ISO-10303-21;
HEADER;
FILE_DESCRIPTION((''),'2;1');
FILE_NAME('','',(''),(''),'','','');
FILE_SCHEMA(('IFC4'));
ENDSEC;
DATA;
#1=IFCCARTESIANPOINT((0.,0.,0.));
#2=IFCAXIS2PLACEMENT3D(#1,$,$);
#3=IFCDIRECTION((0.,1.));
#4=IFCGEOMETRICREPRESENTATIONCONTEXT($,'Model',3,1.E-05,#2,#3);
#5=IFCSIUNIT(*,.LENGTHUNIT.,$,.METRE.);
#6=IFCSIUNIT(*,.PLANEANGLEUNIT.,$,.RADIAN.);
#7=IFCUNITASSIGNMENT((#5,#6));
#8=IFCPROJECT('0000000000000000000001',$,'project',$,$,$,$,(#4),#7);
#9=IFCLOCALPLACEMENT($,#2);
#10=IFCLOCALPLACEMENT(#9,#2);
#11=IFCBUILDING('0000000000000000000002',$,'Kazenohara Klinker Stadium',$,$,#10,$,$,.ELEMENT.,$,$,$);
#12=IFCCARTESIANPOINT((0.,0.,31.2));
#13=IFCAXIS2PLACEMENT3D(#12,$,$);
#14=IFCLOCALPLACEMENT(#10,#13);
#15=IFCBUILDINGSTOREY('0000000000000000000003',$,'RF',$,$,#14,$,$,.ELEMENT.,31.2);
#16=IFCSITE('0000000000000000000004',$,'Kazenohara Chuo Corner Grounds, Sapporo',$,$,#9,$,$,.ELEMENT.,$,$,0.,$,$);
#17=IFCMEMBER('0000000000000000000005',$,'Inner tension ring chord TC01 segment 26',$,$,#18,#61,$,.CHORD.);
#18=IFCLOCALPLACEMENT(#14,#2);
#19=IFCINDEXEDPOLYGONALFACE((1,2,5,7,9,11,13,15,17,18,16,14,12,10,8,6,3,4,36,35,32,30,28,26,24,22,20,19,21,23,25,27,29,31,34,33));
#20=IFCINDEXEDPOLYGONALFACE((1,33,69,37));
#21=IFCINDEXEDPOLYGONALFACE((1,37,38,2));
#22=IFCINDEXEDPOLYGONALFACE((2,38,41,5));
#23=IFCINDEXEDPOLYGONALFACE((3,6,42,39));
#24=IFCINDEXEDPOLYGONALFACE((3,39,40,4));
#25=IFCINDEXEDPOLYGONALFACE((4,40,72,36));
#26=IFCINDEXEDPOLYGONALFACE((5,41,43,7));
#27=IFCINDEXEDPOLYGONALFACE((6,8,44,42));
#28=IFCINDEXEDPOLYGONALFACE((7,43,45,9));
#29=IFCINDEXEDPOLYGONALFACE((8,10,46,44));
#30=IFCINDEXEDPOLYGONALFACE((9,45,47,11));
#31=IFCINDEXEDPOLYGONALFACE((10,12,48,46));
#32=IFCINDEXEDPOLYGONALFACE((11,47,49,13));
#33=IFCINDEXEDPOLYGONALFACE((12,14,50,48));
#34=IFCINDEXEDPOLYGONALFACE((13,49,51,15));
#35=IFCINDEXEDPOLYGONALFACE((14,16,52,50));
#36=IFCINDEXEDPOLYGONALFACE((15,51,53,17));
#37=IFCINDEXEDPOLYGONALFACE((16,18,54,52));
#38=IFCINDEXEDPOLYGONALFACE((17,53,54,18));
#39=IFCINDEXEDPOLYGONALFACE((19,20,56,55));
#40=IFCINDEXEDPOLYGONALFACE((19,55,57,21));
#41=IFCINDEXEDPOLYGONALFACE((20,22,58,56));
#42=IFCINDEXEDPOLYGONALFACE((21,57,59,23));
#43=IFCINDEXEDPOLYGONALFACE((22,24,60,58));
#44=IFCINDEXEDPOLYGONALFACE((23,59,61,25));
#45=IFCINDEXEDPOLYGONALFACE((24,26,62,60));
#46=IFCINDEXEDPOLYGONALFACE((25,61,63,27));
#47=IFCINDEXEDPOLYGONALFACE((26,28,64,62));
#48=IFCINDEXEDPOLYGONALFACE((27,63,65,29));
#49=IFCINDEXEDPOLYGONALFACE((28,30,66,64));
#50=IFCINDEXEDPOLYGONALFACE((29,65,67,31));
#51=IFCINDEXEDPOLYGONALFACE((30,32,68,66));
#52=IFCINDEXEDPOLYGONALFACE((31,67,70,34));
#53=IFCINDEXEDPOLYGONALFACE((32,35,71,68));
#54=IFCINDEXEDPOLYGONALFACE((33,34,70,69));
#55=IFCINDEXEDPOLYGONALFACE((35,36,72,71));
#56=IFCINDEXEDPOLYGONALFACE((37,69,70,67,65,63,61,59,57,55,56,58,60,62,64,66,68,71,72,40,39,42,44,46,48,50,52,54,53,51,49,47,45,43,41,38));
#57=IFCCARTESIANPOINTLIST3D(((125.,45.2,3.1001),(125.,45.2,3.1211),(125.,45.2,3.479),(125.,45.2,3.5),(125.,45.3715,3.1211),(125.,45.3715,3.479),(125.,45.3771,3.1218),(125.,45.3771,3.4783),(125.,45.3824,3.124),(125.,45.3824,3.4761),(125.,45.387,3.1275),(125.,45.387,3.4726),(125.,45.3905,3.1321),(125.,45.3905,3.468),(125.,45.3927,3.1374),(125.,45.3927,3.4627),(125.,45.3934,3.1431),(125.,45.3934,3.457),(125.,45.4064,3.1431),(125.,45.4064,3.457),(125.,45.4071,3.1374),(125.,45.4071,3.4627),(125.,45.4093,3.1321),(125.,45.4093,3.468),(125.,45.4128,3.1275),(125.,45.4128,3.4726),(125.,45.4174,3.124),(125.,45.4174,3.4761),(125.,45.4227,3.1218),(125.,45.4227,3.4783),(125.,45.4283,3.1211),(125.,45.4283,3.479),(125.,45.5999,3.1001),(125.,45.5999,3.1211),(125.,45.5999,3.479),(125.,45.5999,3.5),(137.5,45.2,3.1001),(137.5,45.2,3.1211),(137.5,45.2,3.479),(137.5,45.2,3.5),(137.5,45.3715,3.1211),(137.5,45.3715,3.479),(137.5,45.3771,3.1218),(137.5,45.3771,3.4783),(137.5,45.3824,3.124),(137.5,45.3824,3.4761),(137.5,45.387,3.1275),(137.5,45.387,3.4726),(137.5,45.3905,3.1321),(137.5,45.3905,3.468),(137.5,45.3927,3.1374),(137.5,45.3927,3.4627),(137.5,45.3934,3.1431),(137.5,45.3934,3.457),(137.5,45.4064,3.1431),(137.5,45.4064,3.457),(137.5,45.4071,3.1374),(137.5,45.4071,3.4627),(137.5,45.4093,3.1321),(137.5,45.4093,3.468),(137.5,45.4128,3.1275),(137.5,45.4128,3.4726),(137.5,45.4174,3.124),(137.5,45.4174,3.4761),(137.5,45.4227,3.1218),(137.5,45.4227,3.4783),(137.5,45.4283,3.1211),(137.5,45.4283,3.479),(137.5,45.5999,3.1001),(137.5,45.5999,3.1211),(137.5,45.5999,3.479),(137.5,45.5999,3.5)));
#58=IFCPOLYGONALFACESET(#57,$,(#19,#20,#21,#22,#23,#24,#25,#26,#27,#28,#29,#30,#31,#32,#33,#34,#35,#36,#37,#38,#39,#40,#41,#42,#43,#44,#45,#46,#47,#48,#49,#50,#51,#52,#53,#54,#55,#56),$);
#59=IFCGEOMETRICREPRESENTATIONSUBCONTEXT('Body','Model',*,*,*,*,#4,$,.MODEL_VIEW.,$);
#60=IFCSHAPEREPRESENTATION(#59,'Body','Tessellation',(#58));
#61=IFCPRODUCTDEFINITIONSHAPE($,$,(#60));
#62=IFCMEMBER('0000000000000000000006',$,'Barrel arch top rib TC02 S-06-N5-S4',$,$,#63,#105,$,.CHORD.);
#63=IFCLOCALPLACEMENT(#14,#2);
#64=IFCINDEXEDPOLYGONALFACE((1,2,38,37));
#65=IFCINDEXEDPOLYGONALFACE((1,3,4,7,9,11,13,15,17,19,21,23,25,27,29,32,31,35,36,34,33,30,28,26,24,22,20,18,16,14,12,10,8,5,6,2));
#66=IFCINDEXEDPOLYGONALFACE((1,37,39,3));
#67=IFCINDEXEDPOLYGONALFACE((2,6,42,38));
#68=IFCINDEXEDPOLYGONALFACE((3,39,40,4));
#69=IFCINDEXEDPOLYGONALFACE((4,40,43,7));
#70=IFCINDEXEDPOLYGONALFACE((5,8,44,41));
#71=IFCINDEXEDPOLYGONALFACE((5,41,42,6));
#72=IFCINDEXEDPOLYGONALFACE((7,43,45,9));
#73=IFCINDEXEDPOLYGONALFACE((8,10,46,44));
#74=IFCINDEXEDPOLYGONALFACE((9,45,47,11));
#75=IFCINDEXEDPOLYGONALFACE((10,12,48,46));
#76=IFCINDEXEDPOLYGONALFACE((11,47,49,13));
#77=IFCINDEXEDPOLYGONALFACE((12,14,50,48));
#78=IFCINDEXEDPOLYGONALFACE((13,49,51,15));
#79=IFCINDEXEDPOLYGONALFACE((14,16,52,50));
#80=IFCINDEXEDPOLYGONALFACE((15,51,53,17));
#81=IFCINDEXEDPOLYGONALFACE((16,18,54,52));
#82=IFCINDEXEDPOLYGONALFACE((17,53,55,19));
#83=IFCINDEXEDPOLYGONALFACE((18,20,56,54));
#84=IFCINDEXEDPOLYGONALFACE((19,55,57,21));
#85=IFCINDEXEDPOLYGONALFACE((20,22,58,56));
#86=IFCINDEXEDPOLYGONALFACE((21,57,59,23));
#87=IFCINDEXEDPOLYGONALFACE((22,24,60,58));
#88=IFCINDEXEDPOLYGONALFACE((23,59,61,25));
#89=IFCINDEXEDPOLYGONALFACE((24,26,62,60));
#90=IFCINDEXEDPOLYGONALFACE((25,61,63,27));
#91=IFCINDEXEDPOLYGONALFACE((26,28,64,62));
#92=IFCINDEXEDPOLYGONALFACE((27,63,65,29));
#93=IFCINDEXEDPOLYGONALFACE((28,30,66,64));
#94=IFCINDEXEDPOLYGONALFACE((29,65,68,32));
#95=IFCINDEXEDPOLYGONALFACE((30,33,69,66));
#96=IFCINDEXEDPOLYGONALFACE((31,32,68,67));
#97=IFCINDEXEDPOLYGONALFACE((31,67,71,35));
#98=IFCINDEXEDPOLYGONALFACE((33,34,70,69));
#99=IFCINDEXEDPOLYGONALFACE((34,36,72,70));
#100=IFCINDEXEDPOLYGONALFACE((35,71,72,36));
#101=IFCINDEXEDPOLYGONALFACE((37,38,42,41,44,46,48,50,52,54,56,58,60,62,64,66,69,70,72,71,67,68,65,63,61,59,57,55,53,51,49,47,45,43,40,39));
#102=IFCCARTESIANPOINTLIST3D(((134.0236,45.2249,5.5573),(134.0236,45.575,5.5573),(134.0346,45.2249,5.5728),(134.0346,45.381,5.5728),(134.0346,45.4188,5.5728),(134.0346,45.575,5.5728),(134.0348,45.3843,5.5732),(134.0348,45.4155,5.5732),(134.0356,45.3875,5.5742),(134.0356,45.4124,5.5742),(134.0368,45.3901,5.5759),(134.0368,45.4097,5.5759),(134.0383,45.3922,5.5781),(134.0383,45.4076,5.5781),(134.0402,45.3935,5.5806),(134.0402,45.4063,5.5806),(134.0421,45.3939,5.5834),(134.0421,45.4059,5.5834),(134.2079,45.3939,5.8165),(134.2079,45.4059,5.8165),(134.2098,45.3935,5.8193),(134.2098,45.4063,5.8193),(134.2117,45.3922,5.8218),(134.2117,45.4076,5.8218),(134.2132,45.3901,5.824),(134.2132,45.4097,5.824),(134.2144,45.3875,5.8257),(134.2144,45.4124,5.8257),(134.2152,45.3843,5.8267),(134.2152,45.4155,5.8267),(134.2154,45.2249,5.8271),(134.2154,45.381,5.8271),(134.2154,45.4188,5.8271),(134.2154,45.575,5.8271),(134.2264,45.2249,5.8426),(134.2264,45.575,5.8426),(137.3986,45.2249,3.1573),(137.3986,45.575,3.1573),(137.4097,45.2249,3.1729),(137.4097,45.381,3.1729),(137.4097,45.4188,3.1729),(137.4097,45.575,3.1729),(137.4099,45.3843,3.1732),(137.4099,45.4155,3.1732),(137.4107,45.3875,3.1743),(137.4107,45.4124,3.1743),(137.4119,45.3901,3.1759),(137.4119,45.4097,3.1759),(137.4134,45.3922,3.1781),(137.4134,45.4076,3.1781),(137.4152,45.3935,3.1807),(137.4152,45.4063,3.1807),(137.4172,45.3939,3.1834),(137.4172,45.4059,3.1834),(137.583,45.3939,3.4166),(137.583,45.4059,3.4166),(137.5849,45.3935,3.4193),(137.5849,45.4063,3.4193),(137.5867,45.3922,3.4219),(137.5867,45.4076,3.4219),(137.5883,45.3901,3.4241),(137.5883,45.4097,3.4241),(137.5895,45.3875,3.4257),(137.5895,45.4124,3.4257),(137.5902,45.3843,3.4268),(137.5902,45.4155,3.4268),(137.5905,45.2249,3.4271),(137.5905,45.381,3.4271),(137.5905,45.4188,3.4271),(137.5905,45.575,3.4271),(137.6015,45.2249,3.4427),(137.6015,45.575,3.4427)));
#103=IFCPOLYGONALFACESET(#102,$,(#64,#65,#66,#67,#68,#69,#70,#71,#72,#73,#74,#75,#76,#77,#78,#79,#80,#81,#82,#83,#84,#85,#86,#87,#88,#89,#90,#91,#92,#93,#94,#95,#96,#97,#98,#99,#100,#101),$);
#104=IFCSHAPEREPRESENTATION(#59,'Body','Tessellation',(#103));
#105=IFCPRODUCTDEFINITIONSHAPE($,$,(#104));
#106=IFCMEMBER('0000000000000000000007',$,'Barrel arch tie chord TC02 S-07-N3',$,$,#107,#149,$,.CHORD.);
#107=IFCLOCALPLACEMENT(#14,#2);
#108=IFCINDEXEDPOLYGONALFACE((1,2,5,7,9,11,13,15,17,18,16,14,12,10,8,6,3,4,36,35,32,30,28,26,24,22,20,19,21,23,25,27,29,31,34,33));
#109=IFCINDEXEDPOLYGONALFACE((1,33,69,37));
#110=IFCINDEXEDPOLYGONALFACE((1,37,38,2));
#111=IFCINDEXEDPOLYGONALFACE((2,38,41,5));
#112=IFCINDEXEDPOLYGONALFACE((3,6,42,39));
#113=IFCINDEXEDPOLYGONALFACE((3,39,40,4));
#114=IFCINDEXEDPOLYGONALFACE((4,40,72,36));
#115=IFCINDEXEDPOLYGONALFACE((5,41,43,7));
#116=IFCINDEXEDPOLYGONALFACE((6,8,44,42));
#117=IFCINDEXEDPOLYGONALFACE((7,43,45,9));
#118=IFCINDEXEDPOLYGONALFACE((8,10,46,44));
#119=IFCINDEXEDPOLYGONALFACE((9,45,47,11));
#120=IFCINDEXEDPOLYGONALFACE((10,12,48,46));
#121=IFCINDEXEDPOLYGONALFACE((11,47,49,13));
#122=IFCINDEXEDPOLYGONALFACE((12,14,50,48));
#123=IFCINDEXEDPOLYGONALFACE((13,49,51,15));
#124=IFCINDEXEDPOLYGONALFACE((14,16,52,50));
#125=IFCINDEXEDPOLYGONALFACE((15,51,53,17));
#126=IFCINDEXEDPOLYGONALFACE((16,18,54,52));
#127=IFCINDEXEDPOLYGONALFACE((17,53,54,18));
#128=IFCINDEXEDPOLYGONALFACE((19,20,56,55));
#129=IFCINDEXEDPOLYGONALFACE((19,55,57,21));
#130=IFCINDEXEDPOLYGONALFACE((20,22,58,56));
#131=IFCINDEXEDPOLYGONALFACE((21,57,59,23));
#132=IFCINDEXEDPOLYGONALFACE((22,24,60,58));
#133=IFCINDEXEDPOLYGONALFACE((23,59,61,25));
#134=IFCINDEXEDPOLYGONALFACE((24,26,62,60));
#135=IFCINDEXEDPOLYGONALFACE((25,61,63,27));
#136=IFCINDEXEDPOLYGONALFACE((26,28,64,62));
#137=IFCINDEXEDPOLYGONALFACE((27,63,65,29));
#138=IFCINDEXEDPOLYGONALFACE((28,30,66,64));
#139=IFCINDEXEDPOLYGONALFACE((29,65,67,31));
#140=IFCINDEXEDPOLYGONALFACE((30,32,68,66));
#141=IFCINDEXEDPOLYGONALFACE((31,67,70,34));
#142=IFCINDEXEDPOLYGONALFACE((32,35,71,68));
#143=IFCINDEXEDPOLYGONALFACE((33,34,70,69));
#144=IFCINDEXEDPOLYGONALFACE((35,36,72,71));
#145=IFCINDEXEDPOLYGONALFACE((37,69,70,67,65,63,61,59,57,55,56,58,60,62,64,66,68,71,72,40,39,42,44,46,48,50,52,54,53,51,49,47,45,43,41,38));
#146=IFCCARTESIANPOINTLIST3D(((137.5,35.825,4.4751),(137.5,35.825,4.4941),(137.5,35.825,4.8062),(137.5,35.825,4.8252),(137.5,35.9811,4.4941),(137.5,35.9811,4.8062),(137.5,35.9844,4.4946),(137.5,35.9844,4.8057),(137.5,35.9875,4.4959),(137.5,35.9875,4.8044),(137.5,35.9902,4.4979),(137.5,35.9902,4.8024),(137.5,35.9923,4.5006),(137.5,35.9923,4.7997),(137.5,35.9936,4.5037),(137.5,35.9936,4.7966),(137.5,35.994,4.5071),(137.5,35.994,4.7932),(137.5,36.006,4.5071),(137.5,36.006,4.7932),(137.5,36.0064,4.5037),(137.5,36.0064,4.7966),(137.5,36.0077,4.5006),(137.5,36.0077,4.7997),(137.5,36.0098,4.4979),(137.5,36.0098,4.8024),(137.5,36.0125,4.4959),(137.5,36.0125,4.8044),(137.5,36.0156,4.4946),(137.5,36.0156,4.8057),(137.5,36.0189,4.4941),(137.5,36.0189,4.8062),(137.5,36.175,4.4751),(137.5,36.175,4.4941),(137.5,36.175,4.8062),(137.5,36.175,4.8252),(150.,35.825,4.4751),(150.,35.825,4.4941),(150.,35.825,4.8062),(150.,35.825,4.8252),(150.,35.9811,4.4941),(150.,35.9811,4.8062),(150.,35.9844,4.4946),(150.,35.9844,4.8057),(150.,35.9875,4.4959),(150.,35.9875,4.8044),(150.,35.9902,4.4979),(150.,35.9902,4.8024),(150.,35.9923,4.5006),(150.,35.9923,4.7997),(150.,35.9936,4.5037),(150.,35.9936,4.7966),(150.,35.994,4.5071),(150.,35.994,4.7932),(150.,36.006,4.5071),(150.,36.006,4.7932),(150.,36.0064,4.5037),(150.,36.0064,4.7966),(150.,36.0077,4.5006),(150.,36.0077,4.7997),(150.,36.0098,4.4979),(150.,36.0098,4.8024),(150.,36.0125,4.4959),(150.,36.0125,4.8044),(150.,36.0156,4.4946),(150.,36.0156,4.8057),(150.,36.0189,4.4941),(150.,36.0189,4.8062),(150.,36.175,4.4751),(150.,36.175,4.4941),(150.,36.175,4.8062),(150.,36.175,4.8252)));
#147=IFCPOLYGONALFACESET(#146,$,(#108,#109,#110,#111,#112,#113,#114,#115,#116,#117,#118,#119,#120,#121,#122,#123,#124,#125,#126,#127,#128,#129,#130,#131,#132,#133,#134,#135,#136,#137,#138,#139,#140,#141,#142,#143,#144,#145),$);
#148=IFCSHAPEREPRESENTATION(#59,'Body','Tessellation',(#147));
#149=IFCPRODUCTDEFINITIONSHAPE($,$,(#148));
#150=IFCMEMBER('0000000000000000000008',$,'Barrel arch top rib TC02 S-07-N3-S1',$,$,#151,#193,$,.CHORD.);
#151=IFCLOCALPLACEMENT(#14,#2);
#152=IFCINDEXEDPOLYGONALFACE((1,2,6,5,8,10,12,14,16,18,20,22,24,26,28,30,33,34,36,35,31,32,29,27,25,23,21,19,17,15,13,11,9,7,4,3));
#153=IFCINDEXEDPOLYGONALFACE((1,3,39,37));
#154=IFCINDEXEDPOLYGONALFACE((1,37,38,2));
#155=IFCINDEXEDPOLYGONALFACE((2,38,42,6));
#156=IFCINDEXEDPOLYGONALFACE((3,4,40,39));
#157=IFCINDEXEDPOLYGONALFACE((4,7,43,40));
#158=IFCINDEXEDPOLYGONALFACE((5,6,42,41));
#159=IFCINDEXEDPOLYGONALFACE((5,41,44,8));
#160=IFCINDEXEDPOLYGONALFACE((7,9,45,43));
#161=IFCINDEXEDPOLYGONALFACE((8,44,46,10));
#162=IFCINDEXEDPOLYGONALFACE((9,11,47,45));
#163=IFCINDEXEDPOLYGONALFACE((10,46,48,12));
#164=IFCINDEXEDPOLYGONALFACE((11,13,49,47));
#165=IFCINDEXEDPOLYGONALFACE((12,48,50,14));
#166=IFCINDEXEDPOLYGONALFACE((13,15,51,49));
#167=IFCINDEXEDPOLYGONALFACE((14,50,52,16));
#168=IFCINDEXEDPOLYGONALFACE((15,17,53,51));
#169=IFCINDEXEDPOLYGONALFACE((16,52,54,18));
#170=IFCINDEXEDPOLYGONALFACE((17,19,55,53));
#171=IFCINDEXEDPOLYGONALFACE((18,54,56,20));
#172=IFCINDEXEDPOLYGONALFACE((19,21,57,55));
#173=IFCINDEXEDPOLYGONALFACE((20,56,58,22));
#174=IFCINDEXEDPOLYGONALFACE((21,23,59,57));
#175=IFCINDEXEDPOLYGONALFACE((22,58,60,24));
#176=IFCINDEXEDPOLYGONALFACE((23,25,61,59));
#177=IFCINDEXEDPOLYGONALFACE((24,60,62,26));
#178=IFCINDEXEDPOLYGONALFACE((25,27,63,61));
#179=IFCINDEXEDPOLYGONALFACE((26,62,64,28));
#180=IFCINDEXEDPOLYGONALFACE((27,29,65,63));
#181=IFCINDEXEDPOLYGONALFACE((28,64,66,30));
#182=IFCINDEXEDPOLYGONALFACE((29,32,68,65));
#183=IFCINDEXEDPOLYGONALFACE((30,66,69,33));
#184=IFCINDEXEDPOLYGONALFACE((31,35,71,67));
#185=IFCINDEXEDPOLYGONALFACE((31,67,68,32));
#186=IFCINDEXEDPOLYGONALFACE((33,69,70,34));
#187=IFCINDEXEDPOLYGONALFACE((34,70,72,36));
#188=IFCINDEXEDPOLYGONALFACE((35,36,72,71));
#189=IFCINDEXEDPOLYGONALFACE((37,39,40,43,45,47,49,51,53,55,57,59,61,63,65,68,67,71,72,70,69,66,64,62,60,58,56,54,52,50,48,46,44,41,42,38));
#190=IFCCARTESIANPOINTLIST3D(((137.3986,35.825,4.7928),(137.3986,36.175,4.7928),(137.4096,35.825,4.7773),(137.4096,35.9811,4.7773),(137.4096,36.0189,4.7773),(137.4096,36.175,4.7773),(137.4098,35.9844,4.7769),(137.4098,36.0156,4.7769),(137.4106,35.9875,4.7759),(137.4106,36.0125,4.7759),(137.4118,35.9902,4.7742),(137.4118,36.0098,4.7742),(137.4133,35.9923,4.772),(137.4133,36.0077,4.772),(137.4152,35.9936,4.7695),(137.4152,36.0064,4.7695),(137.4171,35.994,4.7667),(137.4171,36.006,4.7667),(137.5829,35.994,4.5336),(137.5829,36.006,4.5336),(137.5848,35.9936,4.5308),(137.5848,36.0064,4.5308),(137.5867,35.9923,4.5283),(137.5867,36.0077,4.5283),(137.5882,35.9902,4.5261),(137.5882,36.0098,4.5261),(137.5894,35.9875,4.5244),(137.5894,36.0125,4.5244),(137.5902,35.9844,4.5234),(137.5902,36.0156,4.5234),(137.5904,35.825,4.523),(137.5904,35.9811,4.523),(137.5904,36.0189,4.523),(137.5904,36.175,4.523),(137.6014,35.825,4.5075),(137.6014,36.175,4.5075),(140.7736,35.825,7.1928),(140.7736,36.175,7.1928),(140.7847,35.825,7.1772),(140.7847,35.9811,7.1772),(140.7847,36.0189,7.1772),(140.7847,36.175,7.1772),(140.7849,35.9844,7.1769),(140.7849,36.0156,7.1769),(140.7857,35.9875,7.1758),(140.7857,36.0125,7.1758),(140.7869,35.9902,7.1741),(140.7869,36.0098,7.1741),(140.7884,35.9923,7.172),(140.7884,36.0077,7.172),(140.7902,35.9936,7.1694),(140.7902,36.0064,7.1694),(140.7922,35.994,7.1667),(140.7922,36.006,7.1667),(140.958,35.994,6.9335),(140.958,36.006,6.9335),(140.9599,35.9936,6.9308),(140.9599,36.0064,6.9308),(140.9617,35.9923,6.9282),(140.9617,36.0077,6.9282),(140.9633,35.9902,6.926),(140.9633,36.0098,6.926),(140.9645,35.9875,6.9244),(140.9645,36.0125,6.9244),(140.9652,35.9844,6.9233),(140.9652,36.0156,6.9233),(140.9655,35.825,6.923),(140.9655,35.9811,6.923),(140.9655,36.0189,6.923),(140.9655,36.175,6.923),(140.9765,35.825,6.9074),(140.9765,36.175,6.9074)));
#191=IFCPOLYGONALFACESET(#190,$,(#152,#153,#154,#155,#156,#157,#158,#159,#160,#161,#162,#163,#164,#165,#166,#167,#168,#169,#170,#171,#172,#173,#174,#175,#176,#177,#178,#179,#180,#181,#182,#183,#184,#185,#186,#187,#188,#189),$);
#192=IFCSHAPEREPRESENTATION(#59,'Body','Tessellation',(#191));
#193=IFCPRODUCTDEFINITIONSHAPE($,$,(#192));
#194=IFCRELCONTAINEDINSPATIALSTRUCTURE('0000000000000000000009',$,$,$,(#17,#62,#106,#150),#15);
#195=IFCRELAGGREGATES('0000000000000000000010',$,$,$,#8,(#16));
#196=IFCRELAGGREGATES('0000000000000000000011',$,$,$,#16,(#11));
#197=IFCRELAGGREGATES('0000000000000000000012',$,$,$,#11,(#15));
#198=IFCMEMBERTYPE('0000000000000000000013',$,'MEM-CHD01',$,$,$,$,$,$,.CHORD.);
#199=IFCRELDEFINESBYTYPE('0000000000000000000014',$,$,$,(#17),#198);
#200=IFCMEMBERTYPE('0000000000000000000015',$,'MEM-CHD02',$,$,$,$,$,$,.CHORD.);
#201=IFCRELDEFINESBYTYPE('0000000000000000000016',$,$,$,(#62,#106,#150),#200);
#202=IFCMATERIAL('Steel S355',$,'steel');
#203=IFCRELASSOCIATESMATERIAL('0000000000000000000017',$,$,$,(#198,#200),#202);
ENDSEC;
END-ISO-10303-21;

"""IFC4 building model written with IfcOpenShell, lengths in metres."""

from ifc_helpers import new_model, si_unit, direction, frame, origin, origin_2d, place, context, subcontext, project, spatial, i_section, extrude, material, material_profile, profile_set, type_object, element, save


model = new_model("IFC4")

# Units and contexts
model_context = context("Model", 3, precision=1e-05, world=origin(), true_north=direction((0.0, 1.0)))
body_context = subcontext(model_context, "Body", "Model", "MODEL_VIEW")
ifc_project = project(units=[si_unit("LENGTHUNIT", "METRE"), si_unit("PLANEANGLEUNIT", "RADIAN")], contexts=[model_context])

# Site, building, storey
site_placement = place(None, origin())
site = spatial("IfcSite", under=ifc_project, at=site_placement, Name="Kazenohara Chuo Corner Grounds, Sapporo", CompositionType="ELEMENT", RefElevation=0.0)
building_placement = place(site_placement, origin())
building = spatial("IfcBuilding", under=site, at=building_placement, Name="Kazenohara Klinker Stadium", CompositionType="ELEMENT")
storey_placement = place(building_placement, frame((0.0, 0.0, 31.2)))
storey = spatial("IfcBuildingStorey", under=building, at=storey_placement, Name="RF", CompositionType="ELEMENT", Elevation=31.2)

# Members
ifc_material_1 = material(Name="Steel S355", Category="steel")
ifc_material_profile_1 = material_profile(ifc_material_1, i_section(OverallWidth=0.3999, OverallDepth=0.3999, WebThickness=0.0129, FlangeThickness=0.021, FilletRadius=0.022, at=origin_2d()), Name="H-400x400x13x21")
ifc_profile_set_1 = profile_set([ifc_material_profile_1], Name="Steel S355")
member_type_1 = type_object("IfcMemberType", Name="MEM-CHD01", PredefinedType="CHORD", material=ifc_profile_set_1)
member_1_placement = place(storey_placement, frame((137.5, 45.3999, 3.3), z_axis=(-1.0, 0.0, 0.0), x_axis=(0.0, -1.0, 0.0)))
element("IfcMember", 1, at=member_1_placement, inside=storey, type_object=member_type_1, Name="Inner tension ring chord TC01 segment 26", PredefinedType="CHORD", context=body_context, shape_type="SweptSolid", body=[
    extrude(i_section(OverallWidth=0.3999, OverallDepth=0.3999, WebThickness=0.0129, FlangeThickness=0.021, FilletRadius=0.022, at=origin_2d()), origin(), (0.0, 0.0, 1.0), 12.5),
])
ifc_material_profile_2 = material_profile(ifc_material_1, i_section(OverallWidth=0.3501, OverallDepth=0.3501, WebThickness=0.012, FlangeThickness=0.019, FilletRadius=0.0129, at=origin_2d()), Name="H-350x350x12x19")
ifc_profile_set_2 = profile_set([ifc_material_profile_2], Name="Steel S355")
member_type_2 = type_object("IfcMemberType", Name="MEM-CHD02", PredefinedType="CHORD", material=ifc_profile_set_2)
member_2_placement = place(storey_placement, frame((134.125, 45.3999, 5.7), z_axis=(0.814966, 0.0, -0.579508), x_axis=(0.0, 1.0, 0.0)))
element("IfcMember", 2, at=member_2_placement, inside=storey, type_object=member_type_2, Name="Barrel arch top rib TC02 S-06-N5-S4", PredefinedType="CHORD", context=body_context, shape_type="SweptSolid", body=[
    extrude(i_section(OverallWidth=0.3501, OverallDepth=0.3501, WebThickness=0.012, FlangeThickness=0.019, FilletRadius=0.0129, at=origin_2d()), origin(), (0.0, 0.0, 1.0), 4.1414),
])
member_3_placement = place(storey_placement, frame((137.5, 36.0, 4.6501), z_axis=(1.0, 0.0, 0.0), x_axis=(0.0, 1.0, 0.0)))
element("IfcMember", 3, at=member_3_placement, inside=storey, type_object=member_type_2, Name="Barrel arch tie chord TC02 S-07-N3", PredefinedType="CHORD", context=body_context, shape_type="SweptSolid", body=[
    extrude(i_section(OverallWidth=0.3501, OverallDepth=0.3501, WebThickness=0.012, FlangeThickness=0.019, FilletRadius=0.0129, at=origin_2d()), origin(), (0.0, 0.0, 1.0), 12.5),
])
for number, where, z_axis, x_axis, name in (
    (4, (137.5, 36.0, 4.6501), (0.814966, 0.0, 0.579508), (0.0, 1.0, 0.0), "Barrel arch top rib TC02 S-07-N3-S1"),
):
    element("IfcMember", number, at=place(storey_placement, frame(where, z_axis=z_axis, x_axis=x_axis)), inside=storey, type_object=member_type_2, Name=name, PredefinedType="CHORD", context=body_context, shape_type="SweptSolid", body=[
        extrude(i_section(OverallWidth=0.3501, OverallDepth=0.3501, WebThickness=0.012, FlangeThickness=0.019, FilletRadius=0.0129, at=origin_2d()), origin(), (0.0, 0.0, 1.0), 4.1414),
    ])

save(model, "model.ifc")
